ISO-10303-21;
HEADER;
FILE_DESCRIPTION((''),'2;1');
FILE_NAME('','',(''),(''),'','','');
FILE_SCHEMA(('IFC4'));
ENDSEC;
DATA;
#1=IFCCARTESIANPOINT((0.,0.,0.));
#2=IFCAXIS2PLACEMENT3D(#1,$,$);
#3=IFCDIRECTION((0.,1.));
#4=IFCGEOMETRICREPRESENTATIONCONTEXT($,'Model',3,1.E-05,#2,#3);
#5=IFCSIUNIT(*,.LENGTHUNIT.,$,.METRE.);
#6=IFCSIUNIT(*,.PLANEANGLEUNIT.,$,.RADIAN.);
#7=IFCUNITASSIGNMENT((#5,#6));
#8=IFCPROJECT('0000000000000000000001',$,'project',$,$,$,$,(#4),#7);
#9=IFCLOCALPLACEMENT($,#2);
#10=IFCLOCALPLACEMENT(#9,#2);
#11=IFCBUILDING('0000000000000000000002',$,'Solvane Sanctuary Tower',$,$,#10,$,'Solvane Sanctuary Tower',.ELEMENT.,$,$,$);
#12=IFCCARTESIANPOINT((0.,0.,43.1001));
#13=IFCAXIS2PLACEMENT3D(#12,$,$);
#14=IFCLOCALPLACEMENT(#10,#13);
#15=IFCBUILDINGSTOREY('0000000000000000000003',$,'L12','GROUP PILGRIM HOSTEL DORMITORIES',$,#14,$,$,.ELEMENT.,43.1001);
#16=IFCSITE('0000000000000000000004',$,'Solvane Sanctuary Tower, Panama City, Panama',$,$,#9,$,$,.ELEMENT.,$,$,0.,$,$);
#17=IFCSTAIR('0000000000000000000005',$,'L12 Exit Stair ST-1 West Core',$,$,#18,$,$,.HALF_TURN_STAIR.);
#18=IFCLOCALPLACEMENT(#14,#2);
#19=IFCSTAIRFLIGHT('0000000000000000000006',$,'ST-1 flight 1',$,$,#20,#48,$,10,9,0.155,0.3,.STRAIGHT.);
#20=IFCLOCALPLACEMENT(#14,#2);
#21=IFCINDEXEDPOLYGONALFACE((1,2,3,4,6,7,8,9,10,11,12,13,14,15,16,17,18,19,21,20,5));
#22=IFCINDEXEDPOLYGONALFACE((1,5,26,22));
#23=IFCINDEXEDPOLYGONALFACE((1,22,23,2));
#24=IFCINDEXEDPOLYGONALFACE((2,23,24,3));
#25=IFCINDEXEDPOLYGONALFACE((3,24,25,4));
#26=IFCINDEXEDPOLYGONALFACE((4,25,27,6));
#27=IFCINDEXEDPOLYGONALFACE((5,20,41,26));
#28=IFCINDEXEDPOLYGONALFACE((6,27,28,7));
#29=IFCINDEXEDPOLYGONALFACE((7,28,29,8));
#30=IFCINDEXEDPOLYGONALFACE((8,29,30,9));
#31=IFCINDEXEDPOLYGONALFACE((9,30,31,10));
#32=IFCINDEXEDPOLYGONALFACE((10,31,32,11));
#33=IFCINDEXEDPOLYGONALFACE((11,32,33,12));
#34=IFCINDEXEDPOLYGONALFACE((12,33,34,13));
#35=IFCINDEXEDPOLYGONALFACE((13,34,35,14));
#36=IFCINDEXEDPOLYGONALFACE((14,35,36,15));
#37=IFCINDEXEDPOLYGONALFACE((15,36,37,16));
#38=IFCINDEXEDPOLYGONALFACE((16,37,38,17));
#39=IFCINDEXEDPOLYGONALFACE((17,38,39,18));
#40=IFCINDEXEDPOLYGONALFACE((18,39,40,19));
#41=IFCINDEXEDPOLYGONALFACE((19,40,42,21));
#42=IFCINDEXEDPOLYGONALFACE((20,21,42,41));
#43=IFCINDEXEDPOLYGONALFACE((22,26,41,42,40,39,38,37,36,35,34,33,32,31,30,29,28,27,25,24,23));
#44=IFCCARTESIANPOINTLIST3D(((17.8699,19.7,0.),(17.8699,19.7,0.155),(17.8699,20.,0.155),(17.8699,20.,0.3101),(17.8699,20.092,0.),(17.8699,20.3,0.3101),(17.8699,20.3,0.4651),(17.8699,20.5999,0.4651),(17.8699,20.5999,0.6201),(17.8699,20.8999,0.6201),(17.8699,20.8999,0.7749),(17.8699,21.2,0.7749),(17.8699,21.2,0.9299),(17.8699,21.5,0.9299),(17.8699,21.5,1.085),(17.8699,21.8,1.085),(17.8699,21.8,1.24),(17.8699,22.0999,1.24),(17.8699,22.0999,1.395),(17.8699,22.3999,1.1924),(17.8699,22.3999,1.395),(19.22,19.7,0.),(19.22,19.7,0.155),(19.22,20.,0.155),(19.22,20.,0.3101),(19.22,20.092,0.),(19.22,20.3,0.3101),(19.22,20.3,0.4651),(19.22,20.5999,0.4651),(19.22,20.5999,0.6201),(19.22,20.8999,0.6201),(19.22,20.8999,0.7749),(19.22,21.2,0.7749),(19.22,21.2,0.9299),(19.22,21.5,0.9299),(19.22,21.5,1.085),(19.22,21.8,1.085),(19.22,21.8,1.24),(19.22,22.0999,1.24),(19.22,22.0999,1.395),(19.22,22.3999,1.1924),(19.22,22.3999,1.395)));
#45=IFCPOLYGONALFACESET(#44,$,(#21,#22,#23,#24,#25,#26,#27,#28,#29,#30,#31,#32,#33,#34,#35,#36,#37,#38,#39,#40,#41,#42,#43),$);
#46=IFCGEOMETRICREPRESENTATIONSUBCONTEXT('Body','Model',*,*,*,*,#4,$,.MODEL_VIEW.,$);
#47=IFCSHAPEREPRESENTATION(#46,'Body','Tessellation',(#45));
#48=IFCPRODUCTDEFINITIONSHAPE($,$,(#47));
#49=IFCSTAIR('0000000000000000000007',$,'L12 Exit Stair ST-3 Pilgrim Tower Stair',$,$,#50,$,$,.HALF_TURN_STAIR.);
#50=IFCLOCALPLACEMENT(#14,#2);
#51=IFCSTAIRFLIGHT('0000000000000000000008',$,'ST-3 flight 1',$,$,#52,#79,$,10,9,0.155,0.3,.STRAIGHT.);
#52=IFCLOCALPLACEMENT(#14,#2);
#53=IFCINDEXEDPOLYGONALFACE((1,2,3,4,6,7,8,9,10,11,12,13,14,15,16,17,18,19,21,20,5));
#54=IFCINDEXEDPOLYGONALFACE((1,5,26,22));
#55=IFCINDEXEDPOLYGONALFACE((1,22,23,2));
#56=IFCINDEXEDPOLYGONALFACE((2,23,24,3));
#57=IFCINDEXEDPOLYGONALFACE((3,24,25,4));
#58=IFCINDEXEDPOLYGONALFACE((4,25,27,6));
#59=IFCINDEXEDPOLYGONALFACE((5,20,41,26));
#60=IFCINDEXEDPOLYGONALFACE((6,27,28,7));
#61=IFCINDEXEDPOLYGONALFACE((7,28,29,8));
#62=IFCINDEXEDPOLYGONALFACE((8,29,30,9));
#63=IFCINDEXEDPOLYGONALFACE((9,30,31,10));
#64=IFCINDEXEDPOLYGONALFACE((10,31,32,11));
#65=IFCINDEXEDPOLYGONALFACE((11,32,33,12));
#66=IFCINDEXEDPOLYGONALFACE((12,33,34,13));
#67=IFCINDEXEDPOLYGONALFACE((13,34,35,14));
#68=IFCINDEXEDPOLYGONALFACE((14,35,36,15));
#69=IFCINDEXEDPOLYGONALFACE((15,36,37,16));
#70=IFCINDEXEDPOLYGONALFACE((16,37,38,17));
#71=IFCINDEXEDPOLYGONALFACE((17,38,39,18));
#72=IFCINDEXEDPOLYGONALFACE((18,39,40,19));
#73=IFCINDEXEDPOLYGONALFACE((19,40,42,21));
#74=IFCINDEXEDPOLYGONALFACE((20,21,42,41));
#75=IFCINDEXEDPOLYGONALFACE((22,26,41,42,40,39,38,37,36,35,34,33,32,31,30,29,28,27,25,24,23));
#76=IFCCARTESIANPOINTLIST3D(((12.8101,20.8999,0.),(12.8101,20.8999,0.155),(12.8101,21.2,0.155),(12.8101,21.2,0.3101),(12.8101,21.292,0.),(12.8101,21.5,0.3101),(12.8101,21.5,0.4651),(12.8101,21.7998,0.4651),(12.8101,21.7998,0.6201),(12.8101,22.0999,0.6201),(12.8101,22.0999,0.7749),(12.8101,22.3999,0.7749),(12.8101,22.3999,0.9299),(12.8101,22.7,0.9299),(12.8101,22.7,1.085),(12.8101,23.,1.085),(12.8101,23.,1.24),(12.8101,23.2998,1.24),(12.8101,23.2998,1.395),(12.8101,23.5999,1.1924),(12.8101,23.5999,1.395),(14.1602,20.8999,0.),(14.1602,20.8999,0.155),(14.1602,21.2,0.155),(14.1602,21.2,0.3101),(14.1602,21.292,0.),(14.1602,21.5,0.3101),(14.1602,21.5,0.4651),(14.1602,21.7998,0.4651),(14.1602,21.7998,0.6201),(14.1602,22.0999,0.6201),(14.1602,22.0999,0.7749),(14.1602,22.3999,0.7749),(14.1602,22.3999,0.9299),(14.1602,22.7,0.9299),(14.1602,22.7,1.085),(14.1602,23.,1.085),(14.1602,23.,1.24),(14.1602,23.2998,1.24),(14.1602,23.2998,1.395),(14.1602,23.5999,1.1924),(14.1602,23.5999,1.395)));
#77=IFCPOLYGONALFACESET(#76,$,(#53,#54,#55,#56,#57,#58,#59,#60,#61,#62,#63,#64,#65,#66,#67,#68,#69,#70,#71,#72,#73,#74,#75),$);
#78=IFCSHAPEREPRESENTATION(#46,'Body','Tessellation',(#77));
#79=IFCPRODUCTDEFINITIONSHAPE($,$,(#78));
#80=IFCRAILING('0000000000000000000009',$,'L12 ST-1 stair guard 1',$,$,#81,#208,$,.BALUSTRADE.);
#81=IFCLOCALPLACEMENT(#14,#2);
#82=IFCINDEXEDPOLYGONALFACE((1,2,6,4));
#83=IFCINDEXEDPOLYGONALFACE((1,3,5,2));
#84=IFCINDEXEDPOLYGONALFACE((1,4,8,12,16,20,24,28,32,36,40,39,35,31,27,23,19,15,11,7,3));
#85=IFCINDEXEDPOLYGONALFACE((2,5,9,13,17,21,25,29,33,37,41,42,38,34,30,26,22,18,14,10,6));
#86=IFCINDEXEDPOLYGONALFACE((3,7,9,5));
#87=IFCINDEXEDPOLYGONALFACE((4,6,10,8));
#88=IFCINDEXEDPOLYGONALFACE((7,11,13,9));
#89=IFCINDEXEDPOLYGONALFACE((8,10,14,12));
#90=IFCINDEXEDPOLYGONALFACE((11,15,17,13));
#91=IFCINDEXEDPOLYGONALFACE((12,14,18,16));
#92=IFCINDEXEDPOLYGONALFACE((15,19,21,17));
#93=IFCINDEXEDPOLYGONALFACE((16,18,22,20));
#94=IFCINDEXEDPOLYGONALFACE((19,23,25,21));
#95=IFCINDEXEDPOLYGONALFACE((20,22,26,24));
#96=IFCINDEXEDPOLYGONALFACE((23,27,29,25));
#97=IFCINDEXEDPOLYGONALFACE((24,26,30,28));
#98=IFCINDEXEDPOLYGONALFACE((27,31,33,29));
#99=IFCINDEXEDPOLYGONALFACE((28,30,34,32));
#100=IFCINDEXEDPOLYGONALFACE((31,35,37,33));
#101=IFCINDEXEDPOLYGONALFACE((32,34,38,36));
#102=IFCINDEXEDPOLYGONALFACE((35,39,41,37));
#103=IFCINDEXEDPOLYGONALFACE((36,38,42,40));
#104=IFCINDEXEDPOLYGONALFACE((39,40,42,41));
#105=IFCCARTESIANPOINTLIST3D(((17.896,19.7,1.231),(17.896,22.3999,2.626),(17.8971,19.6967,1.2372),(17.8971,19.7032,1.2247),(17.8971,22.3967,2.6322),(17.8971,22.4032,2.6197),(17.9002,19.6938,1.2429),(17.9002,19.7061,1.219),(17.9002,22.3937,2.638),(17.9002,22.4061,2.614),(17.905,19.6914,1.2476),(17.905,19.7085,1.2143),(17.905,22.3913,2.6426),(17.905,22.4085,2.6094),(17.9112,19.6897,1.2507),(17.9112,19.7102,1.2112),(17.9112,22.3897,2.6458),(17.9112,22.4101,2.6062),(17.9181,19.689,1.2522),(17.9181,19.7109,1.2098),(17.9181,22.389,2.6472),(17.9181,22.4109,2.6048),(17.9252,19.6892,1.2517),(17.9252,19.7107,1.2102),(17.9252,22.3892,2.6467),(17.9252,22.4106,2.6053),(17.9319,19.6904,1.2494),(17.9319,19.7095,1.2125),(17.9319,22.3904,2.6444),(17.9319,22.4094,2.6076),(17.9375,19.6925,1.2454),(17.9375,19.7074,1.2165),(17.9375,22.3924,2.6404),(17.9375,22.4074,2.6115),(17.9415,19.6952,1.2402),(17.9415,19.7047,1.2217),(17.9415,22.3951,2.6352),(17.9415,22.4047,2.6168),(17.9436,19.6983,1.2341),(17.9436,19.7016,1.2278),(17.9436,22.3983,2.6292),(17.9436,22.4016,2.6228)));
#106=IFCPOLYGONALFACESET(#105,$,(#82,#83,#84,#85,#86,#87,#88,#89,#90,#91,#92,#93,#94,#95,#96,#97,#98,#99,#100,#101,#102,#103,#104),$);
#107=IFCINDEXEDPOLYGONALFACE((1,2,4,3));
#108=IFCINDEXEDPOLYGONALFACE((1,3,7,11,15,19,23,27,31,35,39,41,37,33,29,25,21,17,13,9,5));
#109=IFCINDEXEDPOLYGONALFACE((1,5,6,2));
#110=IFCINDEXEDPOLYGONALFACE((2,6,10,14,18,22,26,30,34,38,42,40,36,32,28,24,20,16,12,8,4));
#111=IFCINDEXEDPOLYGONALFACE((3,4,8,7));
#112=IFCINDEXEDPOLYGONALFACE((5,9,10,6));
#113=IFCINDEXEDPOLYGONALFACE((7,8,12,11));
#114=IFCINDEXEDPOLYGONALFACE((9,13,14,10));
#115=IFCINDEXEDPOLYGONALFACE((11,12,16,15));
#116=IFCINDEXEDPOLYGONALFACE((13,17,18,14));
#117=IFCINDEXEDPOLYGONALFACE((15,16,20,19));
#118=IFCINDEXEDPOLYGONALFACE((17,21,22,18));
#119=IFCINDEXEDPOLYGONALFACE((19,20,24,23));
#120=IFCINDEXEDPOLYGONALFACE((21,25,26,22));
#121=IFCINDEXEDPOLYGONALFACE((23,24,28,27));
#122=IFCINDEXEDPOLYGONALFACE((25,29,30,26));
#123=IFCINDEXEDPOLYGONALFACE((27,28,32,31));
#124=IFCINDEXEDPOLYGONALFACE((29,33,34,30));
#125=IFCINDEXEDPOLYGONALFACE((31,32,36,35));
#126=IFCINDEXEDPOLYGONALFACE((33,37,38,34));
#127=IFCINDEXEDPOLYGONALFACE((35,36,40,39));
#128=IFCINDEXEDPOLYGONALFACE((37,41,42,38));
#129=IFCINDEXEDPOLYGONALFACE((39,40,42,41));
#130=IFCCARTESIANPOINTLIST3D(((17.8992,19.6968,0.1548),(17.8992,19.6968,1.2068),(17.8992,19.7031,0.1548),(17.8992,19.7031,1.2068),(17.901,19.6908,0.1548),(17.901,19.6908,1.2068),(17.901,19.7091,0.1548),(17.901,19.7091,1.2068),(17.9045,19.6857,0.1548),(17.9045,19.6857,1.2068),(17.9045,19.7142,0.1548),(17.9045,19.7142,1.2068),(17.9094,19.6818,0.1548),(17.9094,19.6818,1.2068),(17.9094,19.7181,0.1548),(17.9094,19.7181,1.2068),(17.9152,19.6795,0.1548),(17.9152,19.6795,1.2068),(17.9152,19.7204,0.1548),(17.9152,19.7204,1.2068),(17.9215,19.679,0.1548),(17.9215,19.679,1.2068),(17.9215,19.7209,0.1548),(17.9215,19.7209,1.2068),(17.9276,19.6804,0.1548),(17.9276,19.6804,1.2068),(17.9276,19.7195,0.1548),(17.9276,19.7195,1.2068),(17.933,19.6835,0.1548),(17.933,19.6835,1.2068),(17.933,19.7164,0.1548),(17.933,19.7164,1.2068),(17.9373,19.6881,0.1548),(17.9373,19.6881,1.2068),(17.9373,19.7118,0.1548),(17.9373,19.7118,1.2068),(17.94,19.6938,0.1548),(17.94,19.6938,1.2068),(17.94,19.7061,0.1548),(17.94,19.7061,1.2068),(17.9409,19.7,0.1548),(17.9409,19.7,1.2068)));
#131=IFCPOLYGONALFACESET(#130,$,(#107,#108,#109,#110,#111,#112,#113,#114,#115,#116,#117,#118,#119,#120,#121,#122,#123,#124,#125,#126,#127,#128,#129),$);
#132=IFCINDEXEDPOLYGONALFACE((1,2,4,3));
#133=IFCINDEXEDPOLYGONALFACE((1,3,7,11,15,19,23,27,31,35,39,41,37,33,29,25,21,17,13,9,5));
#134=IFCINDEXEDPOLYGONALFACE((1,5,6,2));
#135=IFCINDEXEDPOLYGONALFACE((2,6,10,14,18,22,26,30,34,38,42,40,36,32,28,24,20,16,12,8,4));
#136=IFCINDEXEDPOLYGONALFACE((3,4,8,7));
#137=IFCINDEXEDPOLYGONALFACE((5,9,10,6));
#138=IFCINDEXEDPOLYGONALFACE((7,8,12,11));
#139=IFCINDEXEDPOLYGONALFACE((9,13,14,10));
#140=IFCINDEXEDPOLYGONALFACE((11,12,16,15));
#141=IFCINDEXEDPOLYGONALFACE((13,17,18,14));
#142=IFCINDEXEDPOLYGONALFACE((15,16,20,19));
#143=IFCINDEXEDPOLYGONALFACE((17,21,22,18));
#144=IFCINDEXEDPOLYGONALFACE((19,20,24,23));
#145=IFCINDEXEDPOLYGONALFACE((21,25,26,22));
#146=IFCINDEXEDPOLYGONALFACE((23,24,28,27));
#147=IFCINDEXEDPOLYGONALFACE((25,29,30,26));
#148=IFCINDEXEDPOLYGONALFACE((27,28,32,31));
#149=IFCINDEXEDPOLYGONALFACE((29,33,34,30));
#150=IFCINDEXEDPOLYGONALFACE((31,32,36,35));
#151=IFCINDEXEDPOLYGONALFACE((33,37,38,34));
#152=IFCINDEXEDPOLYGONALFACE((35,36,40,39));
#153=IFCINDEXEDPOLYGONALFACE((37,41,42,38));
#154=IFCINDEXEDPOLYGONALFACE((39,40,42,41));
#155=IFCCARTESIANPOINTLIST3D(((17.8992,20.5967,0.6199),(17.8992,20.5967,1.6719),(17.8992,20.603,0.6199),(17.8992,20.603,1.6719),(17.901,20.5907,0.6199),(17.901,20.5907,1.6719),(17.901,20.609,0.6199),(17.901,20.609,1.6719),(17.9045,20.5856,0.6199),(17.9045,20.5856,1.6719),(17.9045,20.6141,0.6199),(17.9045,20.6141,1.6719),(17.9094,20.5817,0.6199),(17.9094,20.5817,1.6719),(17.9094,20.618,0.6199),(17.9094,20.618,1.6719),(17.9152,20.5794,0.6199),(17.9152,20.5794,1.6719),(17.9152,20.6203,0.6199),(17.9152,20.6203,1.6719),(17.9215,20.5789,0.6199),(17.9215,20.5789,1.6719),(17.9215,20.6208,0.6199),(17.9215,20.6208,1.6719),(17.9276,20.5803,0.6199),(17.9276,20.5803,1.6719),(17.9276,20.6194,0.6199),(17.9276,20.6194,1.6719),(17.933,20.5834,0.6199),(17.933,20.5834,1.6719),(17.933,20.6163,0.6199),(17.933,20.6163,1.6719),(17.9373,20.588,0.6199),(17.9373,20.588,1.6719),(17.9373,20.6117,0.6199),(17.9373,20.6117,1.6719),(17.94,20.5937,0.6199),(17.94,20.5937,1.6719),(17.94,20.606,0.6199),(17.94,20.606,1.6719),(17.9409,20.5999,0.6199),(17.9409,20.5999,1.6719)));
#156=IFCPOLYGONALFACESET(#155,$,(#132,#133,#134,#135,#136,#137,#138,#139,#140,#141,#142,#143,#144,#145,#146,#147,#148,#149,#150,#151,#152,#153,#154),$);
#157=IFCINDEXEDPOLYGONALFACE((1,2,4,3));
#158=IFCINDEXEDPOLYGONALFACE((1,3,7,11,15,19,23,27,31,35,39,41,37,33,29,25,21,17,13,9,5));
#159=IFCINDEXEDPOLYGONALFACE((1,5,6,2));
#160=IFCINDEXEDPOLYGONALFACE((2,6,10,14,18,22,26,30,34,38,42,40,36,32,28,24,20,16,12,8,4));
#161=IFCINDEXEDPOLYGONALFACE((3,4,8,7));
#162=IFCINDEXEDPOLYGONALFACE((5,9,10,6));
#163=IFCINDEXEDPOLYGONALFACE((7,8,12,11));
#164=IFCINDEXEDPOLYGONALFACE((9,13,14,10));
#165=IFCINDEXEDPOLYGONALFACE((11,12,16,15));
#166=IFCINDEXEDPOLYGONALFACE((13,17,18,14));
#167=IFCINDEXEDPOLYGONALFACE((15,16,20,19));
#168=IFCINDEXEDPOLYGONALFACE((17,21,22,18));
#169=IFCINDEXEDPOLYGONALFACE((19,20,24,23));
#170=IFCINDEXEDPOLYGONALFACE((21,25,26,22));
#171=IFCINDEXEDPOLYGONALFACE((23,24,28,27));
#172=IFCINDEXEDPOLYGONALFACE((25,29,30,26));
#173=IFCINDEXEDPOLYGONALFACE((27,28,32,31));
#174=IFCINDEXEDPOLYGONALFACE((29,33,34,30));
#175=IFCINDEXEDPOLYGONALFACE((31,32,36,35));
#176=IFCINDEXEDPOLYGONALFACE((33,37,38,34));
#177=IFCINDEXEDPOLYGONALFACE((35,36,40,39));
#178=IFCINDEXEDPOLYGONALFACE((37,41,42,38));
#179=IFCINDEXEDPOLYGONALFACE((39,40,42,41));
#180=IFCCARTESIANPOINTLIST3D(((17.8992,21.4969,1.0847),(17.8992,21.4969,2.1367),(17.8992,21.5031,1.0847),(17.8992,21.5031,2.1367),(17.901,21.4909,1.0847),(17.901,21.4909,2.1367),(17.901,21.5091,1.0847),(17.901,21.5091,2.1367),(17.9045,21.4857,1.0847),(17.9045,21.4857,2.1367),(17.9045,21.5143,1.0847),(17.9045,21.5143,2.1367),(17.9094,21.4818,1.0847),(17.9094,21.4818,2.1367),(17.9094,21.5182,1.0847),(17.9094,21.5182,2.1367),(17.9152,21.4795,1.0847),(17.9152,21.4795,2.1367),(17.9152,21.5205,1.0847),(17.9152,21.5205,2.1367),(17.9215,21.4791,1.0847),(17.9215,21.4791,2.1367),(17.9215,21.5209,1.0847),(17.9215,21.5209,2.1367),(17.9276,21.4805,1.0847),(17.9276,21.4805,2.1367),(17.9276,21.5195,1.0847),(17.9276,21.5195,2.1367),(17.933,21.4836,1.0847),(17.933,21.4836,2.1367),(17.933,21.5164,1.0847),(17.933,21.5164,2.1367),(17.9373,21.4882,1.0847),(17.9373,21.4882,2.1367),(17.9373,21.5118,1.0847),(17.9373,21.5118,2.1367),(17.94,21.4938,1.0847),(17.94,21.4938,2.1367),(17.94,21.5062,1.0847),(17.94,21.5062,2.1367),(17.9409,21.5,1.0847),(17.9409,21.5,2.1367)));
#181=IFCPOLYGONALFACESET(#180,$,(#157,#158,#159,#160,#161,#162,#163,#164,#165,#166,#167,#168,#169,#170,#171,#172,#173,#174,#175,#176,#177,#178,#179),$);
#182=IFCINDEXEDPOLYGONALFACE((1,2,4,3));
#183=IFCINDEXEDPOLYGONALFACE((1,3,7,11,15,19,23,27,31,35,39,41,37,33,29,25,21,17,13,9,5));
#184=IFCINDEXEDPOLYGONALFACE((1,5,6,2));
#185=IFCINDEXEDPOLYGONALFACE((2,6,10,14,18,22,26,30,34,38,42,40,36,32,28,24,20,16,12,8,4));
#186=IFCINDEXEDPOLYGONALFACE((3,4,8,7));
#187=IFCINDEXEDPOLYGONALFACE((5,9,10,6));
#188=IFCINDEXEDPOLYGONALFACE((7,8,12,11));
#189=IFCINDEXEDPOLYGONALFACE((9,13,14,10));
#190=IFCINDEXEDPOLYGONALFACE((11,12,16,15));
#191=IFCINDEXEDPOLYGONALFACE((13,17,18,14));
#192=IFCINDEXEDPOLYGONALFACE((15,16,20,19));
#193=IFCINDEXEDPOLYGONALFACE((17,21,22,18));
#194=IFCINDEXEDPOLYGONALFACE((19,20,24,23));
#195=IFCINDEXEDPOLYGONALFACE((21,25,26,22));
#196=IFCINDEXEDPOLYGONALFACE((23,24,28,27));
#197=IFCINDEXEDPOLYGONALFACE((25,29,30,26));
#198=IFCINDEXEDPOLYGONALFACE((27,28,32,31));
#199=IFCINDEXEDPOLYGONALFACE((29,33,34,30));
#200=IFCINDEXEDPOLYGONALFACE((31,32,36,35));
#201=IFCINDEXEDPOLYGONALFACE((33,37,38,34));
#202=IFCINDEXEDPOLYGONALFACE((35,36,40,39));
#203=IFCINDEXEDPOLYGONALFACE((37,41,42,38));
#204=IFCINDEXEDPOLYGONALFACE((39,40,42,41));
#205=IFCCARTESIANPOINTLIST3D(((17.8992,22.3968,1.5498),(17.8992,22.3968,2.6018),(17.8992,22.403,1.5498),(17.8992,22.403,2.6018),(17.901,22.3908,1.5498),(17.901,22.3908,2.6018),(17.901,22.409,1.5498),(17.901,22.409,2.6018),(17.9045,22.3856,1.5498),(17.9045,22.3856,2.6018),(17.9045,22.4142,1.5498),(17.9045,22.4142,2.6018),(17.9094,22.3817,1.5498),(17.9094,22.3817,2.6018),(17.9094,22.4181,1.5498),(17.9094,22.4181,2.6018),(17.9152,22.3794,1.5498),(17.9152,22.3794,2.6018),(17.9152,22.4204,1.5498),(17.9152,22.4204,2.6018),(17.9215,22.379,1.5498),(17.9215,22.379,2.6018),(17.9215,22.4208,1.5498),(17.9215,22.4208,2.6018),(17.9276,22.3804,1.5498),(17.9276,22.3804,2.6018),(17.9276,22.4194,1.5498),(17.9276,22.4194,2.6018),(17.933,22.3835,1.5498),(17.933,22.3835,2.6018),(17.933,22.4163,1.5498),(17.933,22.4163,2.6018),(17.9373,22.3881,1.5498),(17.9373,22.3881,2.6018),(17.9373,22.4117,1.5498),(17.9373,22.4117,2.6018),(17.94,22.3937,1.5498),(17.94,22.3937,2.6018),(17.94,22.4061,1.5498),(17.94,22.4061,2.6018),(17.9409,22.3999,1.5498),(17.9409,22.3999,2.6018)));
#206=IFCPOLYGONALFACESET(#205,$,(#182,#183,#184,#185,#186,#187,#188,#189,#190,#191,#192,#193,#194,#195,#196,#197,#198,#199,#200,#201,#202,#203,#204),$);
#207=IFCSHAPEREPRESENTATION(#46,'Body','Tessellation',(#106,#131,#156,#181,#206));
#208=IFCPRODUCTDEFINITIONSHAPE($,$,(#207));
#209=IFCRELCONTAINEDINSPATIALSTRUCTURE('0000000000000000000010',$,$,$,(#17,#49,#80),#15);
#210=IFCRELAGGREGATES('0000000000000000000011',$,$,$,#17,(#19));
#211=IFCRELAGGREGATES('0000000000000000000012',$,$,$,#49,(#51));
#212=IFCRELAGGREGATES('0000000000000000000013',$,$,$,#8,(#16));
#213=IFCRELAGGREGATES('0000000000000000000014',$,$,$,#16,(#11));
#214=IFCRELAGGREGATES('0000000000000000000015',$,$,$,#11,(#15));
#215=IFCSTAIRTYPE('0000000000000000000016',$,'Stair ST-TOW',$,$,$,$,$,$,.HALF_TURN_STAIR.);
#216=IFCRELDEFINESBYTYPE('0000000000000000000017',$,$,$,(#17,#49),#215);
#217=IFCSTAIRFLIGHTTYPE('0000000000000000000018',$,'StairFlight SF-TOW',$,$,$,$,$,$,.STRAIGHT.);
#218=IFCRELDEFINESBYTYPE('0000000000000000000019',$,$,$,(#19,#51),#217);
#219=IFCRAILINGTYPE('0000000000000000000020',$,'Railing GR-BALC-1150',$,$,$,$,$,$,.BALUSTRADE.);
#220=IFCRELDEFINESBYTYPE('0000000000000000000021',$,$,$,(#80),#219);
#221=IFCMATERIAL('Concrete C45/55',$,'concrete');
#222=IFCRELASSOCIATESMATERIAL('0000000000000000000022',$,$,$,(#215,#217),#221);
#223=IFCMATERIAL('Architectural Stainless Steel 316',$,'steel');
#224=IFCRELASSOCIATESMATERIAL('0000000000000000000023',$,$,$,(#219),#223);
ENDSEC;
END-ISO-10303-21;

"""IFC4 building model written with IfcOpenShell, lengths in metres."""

from ifc_helpers import new_model, si_unit, direction, frame, origin, origin_2d, place, context, subcontext, project, spatial, polyline, circle, outline, extrude, material, type_object, element, aggregate, save


model = new_model("IFC4")

# Units and contexts
model_context = context("Model", 3, precision=1e-05, world=origin(), true_north=direction((0.0, 1.0)))
body_context = subcontext(model_context, "Body", "Model", "MODEL_VIEW")
ifc_project = project(units=[si_unit("LENGTHUNIT", "METRE"), si_unit("PLANEANGLEUNIT", "RADIAN")], contexts=[model_context])

# Site, building, storey
site_placement = place(None, origin())
site = spatial("IfcSite", under=ifc_project, at=site_placement, Name="Solvane Sanctuary Tower, Panama City, Panama", CompositionType="ELEMENT", RefElevation=0.0)
building_placement = place(site_placement, origin())
building = spatial("IfcBuilding", under=site, at=building_placement, Name="Solvane Sanctuary Tower", LongName="Solvane Sanctuary Tower", CompositionType="ELEMENT")
storey_placement = place(building_placement, frame((0.0, 0.0, 43.1001)))
storey = spatial("IfcBuildingStorey", under=building, at=storey_placement, Name="L12", Description="GROUP PILGRIM HOSTEL DORMITORIES", CompositionType="ELEMENT", Elevation=43.1001)

# Shared definitions
ifc_material_1 = material(Name="Architectural Stainless Steel 316", Category="steel")

# Stairs, stair flights
ifc_material_2 = material(Name="Concrete C45/55", Category="concrete")
stair_type = type_object("IfcStairType", Name="Stair ST-TOW", PredefinedType="HALF_TURN_STAIR", material=ifc_material_2)
stair_1_placement = place(storey_placement, origin())
stair_1 = element("IfcStair", 1, at=stair_1_placement, inside=storey, type_object=stair_type, Name="L12 Exit Stair ST-1 West Core", PredefinedType="HALF_TURN_STAIR")
stair_flight_type = type_object("IfcStairFlightType", Name="StairFlight SF-TOW", PredefinedType="STRAIGHT", material=ifc_material_2)
stair_flight_1_placement = place(storey_placement, frame((18.5449, 19.7, 0.0), z_axis=(0.0, 0.0, 1.0), x_axis=(0.0, 1.0, 0.0)))
stair_flight_1 = element("IfcStairFlight", 2, at=stair_flight_1_placement, type_object=stair_flight_type, Name="ST-1 flight 1", NumberOfRisers=10, NumberOfTreads=9, PredefinedType="STRAIGHT", RiserHeight=0.155, TreadLength=0.3, context=body_context, shape_type="SweptSolid", body=[
    extrude(outline(polyline([(0.0, 0.0), (0.0, 0.155), (0.3, 0.155), (0.3, 0.3101), (0.6001, 0.3101), (0.6001, 0.4651), (0.8999, 0.4651), (0.8999, 0.6201), (1.2, 0.6201), (1.2, 0.7749), (1.5, 0.7749), (1.5, 0.9299), (1.8, 0.9299), (1.8, 1.085), (2.1001, 1.085), (2.1001, 1.24), (2.3999, 1.24), (2.3999, 1.395), (2.7, 1.395), (2.7, 1.55), (2.7, 1.1924), (0.3921, 0.0), (0.0, 0.0)])), frame((0.0, 0.675, 0.0), z_axis=(0.0, -1.0, 0.0), x_axis=(1.0, 0.0, 0.0)), (0.0, 0.0, 1.0), 1.3501),
])
aggregate(stair_1, [stair_flight_1])
stair_2_placement = place(storey_placement, origin())
stair_2 = element("IfcStair", 3, at=stair_2_placement, inside=storey, type_object=stair_type, Name="L12 Exit Stair ST-3 Pilgrim Tower Stair", PredefinedType="HALF_TURN_STAIR")
stair_flight_2_placement = place(storey_placement, frame((13.4851, 20.8999, 0.0), z_axis=(0.0, 0.0, 1.0), x_axis=(0.0, 1.0, 0.0)))
stair_flight_2 = element("IfcStairFlight", 4, at=stair_flight_2_placement, type_object=stair_flight_type, Name="ST-3 flight 1", NumberOfRisers=10, NumberOfTreads=9, PredefinedType="STRAIGHT", RiserHeight=0.155, TreadLength=0.3, context=body_context, shape_type="SweptSolid", body=[
    extrude(outline(polyline([(0.0, 0.0), (0.0, 0.155), (0.3, 0.155), (0.3, 0.3101), (0.6001, 0.3101), (0.6001, 0.4651), (0.8999, 0.4651), (0.8999, 0.6201), (1.2, 0.6201), (1.2, 0.7749), (1.5, 0.7749), (1.5, 0.9299), (1.8, 0.9299), (1.8, 1.085), (2.1001, 1.085), (2.1001, 1.24), (2.3999, 1.24), (2.3999, 1.395), (2.7, 1.395), (2.7, 1.55), (2.7, 1.1924), (0.3921, 0.0), (0.0, 0.0)])), frame((0.0, 0.675, 0.0), z_axis=(0.0, -1.0, 0.0), x_axis=(1.0, 0.0, 0.0)), (0.0, 0.0, 1.0), 1.3501),
])
aggregate(stair_2, [stair_flight_2])

# Railing
railing_type_1 = type_object("IfcRailingType", Name="Railing GR-BALC-1150", PredefinedType="BALUSTRADE", material=ifc_material_1)
railing_1_placement = place(storey_placement, frame((17.9199, 19.7, 0.1548)))
element("IfcRailing", 5, at=railing_1_placement, inside=storey, type_object=railing_type_1, Name="L12 ST-1 stair guard 1", PredefinedType="BALUSTRADE", context=body_context, shape_type="SweptSolid", body=[
    extrude(circle(Radius=0.0239, at=origin_2d()), frame((0.0, 0.0, 1.0762), z_axis=(0.0, 0.88842, 0.459032), x_axis=(-1.0, 0.0, 0.0)), (0.0, 0.0, 1.0), 3.0391),
    extrude(circle(Radius=0.021, at=origin_2d()), origin(), (0.0, 0.0, 1.0), 1.052),
    extrude(circle(Radius=0.021, at=origin_2d()), frame((0.0, 0.8999, 0.4651)), (0.0, 0.0, 1.0), 1.052),
    extrude(circle(Radius=0.021, at=origin_2d()), frame((0.0, 1.8, 0.9299)), (0.0, 0.0, 1.0), 1.052),
    extrude(circle(Radius=0.021, at=origin_2d()), frame((0.0, 2.7, 1.395)), (0.0, 0.0, 1.0), 1.052),
])

save(model, "model.ifc")
